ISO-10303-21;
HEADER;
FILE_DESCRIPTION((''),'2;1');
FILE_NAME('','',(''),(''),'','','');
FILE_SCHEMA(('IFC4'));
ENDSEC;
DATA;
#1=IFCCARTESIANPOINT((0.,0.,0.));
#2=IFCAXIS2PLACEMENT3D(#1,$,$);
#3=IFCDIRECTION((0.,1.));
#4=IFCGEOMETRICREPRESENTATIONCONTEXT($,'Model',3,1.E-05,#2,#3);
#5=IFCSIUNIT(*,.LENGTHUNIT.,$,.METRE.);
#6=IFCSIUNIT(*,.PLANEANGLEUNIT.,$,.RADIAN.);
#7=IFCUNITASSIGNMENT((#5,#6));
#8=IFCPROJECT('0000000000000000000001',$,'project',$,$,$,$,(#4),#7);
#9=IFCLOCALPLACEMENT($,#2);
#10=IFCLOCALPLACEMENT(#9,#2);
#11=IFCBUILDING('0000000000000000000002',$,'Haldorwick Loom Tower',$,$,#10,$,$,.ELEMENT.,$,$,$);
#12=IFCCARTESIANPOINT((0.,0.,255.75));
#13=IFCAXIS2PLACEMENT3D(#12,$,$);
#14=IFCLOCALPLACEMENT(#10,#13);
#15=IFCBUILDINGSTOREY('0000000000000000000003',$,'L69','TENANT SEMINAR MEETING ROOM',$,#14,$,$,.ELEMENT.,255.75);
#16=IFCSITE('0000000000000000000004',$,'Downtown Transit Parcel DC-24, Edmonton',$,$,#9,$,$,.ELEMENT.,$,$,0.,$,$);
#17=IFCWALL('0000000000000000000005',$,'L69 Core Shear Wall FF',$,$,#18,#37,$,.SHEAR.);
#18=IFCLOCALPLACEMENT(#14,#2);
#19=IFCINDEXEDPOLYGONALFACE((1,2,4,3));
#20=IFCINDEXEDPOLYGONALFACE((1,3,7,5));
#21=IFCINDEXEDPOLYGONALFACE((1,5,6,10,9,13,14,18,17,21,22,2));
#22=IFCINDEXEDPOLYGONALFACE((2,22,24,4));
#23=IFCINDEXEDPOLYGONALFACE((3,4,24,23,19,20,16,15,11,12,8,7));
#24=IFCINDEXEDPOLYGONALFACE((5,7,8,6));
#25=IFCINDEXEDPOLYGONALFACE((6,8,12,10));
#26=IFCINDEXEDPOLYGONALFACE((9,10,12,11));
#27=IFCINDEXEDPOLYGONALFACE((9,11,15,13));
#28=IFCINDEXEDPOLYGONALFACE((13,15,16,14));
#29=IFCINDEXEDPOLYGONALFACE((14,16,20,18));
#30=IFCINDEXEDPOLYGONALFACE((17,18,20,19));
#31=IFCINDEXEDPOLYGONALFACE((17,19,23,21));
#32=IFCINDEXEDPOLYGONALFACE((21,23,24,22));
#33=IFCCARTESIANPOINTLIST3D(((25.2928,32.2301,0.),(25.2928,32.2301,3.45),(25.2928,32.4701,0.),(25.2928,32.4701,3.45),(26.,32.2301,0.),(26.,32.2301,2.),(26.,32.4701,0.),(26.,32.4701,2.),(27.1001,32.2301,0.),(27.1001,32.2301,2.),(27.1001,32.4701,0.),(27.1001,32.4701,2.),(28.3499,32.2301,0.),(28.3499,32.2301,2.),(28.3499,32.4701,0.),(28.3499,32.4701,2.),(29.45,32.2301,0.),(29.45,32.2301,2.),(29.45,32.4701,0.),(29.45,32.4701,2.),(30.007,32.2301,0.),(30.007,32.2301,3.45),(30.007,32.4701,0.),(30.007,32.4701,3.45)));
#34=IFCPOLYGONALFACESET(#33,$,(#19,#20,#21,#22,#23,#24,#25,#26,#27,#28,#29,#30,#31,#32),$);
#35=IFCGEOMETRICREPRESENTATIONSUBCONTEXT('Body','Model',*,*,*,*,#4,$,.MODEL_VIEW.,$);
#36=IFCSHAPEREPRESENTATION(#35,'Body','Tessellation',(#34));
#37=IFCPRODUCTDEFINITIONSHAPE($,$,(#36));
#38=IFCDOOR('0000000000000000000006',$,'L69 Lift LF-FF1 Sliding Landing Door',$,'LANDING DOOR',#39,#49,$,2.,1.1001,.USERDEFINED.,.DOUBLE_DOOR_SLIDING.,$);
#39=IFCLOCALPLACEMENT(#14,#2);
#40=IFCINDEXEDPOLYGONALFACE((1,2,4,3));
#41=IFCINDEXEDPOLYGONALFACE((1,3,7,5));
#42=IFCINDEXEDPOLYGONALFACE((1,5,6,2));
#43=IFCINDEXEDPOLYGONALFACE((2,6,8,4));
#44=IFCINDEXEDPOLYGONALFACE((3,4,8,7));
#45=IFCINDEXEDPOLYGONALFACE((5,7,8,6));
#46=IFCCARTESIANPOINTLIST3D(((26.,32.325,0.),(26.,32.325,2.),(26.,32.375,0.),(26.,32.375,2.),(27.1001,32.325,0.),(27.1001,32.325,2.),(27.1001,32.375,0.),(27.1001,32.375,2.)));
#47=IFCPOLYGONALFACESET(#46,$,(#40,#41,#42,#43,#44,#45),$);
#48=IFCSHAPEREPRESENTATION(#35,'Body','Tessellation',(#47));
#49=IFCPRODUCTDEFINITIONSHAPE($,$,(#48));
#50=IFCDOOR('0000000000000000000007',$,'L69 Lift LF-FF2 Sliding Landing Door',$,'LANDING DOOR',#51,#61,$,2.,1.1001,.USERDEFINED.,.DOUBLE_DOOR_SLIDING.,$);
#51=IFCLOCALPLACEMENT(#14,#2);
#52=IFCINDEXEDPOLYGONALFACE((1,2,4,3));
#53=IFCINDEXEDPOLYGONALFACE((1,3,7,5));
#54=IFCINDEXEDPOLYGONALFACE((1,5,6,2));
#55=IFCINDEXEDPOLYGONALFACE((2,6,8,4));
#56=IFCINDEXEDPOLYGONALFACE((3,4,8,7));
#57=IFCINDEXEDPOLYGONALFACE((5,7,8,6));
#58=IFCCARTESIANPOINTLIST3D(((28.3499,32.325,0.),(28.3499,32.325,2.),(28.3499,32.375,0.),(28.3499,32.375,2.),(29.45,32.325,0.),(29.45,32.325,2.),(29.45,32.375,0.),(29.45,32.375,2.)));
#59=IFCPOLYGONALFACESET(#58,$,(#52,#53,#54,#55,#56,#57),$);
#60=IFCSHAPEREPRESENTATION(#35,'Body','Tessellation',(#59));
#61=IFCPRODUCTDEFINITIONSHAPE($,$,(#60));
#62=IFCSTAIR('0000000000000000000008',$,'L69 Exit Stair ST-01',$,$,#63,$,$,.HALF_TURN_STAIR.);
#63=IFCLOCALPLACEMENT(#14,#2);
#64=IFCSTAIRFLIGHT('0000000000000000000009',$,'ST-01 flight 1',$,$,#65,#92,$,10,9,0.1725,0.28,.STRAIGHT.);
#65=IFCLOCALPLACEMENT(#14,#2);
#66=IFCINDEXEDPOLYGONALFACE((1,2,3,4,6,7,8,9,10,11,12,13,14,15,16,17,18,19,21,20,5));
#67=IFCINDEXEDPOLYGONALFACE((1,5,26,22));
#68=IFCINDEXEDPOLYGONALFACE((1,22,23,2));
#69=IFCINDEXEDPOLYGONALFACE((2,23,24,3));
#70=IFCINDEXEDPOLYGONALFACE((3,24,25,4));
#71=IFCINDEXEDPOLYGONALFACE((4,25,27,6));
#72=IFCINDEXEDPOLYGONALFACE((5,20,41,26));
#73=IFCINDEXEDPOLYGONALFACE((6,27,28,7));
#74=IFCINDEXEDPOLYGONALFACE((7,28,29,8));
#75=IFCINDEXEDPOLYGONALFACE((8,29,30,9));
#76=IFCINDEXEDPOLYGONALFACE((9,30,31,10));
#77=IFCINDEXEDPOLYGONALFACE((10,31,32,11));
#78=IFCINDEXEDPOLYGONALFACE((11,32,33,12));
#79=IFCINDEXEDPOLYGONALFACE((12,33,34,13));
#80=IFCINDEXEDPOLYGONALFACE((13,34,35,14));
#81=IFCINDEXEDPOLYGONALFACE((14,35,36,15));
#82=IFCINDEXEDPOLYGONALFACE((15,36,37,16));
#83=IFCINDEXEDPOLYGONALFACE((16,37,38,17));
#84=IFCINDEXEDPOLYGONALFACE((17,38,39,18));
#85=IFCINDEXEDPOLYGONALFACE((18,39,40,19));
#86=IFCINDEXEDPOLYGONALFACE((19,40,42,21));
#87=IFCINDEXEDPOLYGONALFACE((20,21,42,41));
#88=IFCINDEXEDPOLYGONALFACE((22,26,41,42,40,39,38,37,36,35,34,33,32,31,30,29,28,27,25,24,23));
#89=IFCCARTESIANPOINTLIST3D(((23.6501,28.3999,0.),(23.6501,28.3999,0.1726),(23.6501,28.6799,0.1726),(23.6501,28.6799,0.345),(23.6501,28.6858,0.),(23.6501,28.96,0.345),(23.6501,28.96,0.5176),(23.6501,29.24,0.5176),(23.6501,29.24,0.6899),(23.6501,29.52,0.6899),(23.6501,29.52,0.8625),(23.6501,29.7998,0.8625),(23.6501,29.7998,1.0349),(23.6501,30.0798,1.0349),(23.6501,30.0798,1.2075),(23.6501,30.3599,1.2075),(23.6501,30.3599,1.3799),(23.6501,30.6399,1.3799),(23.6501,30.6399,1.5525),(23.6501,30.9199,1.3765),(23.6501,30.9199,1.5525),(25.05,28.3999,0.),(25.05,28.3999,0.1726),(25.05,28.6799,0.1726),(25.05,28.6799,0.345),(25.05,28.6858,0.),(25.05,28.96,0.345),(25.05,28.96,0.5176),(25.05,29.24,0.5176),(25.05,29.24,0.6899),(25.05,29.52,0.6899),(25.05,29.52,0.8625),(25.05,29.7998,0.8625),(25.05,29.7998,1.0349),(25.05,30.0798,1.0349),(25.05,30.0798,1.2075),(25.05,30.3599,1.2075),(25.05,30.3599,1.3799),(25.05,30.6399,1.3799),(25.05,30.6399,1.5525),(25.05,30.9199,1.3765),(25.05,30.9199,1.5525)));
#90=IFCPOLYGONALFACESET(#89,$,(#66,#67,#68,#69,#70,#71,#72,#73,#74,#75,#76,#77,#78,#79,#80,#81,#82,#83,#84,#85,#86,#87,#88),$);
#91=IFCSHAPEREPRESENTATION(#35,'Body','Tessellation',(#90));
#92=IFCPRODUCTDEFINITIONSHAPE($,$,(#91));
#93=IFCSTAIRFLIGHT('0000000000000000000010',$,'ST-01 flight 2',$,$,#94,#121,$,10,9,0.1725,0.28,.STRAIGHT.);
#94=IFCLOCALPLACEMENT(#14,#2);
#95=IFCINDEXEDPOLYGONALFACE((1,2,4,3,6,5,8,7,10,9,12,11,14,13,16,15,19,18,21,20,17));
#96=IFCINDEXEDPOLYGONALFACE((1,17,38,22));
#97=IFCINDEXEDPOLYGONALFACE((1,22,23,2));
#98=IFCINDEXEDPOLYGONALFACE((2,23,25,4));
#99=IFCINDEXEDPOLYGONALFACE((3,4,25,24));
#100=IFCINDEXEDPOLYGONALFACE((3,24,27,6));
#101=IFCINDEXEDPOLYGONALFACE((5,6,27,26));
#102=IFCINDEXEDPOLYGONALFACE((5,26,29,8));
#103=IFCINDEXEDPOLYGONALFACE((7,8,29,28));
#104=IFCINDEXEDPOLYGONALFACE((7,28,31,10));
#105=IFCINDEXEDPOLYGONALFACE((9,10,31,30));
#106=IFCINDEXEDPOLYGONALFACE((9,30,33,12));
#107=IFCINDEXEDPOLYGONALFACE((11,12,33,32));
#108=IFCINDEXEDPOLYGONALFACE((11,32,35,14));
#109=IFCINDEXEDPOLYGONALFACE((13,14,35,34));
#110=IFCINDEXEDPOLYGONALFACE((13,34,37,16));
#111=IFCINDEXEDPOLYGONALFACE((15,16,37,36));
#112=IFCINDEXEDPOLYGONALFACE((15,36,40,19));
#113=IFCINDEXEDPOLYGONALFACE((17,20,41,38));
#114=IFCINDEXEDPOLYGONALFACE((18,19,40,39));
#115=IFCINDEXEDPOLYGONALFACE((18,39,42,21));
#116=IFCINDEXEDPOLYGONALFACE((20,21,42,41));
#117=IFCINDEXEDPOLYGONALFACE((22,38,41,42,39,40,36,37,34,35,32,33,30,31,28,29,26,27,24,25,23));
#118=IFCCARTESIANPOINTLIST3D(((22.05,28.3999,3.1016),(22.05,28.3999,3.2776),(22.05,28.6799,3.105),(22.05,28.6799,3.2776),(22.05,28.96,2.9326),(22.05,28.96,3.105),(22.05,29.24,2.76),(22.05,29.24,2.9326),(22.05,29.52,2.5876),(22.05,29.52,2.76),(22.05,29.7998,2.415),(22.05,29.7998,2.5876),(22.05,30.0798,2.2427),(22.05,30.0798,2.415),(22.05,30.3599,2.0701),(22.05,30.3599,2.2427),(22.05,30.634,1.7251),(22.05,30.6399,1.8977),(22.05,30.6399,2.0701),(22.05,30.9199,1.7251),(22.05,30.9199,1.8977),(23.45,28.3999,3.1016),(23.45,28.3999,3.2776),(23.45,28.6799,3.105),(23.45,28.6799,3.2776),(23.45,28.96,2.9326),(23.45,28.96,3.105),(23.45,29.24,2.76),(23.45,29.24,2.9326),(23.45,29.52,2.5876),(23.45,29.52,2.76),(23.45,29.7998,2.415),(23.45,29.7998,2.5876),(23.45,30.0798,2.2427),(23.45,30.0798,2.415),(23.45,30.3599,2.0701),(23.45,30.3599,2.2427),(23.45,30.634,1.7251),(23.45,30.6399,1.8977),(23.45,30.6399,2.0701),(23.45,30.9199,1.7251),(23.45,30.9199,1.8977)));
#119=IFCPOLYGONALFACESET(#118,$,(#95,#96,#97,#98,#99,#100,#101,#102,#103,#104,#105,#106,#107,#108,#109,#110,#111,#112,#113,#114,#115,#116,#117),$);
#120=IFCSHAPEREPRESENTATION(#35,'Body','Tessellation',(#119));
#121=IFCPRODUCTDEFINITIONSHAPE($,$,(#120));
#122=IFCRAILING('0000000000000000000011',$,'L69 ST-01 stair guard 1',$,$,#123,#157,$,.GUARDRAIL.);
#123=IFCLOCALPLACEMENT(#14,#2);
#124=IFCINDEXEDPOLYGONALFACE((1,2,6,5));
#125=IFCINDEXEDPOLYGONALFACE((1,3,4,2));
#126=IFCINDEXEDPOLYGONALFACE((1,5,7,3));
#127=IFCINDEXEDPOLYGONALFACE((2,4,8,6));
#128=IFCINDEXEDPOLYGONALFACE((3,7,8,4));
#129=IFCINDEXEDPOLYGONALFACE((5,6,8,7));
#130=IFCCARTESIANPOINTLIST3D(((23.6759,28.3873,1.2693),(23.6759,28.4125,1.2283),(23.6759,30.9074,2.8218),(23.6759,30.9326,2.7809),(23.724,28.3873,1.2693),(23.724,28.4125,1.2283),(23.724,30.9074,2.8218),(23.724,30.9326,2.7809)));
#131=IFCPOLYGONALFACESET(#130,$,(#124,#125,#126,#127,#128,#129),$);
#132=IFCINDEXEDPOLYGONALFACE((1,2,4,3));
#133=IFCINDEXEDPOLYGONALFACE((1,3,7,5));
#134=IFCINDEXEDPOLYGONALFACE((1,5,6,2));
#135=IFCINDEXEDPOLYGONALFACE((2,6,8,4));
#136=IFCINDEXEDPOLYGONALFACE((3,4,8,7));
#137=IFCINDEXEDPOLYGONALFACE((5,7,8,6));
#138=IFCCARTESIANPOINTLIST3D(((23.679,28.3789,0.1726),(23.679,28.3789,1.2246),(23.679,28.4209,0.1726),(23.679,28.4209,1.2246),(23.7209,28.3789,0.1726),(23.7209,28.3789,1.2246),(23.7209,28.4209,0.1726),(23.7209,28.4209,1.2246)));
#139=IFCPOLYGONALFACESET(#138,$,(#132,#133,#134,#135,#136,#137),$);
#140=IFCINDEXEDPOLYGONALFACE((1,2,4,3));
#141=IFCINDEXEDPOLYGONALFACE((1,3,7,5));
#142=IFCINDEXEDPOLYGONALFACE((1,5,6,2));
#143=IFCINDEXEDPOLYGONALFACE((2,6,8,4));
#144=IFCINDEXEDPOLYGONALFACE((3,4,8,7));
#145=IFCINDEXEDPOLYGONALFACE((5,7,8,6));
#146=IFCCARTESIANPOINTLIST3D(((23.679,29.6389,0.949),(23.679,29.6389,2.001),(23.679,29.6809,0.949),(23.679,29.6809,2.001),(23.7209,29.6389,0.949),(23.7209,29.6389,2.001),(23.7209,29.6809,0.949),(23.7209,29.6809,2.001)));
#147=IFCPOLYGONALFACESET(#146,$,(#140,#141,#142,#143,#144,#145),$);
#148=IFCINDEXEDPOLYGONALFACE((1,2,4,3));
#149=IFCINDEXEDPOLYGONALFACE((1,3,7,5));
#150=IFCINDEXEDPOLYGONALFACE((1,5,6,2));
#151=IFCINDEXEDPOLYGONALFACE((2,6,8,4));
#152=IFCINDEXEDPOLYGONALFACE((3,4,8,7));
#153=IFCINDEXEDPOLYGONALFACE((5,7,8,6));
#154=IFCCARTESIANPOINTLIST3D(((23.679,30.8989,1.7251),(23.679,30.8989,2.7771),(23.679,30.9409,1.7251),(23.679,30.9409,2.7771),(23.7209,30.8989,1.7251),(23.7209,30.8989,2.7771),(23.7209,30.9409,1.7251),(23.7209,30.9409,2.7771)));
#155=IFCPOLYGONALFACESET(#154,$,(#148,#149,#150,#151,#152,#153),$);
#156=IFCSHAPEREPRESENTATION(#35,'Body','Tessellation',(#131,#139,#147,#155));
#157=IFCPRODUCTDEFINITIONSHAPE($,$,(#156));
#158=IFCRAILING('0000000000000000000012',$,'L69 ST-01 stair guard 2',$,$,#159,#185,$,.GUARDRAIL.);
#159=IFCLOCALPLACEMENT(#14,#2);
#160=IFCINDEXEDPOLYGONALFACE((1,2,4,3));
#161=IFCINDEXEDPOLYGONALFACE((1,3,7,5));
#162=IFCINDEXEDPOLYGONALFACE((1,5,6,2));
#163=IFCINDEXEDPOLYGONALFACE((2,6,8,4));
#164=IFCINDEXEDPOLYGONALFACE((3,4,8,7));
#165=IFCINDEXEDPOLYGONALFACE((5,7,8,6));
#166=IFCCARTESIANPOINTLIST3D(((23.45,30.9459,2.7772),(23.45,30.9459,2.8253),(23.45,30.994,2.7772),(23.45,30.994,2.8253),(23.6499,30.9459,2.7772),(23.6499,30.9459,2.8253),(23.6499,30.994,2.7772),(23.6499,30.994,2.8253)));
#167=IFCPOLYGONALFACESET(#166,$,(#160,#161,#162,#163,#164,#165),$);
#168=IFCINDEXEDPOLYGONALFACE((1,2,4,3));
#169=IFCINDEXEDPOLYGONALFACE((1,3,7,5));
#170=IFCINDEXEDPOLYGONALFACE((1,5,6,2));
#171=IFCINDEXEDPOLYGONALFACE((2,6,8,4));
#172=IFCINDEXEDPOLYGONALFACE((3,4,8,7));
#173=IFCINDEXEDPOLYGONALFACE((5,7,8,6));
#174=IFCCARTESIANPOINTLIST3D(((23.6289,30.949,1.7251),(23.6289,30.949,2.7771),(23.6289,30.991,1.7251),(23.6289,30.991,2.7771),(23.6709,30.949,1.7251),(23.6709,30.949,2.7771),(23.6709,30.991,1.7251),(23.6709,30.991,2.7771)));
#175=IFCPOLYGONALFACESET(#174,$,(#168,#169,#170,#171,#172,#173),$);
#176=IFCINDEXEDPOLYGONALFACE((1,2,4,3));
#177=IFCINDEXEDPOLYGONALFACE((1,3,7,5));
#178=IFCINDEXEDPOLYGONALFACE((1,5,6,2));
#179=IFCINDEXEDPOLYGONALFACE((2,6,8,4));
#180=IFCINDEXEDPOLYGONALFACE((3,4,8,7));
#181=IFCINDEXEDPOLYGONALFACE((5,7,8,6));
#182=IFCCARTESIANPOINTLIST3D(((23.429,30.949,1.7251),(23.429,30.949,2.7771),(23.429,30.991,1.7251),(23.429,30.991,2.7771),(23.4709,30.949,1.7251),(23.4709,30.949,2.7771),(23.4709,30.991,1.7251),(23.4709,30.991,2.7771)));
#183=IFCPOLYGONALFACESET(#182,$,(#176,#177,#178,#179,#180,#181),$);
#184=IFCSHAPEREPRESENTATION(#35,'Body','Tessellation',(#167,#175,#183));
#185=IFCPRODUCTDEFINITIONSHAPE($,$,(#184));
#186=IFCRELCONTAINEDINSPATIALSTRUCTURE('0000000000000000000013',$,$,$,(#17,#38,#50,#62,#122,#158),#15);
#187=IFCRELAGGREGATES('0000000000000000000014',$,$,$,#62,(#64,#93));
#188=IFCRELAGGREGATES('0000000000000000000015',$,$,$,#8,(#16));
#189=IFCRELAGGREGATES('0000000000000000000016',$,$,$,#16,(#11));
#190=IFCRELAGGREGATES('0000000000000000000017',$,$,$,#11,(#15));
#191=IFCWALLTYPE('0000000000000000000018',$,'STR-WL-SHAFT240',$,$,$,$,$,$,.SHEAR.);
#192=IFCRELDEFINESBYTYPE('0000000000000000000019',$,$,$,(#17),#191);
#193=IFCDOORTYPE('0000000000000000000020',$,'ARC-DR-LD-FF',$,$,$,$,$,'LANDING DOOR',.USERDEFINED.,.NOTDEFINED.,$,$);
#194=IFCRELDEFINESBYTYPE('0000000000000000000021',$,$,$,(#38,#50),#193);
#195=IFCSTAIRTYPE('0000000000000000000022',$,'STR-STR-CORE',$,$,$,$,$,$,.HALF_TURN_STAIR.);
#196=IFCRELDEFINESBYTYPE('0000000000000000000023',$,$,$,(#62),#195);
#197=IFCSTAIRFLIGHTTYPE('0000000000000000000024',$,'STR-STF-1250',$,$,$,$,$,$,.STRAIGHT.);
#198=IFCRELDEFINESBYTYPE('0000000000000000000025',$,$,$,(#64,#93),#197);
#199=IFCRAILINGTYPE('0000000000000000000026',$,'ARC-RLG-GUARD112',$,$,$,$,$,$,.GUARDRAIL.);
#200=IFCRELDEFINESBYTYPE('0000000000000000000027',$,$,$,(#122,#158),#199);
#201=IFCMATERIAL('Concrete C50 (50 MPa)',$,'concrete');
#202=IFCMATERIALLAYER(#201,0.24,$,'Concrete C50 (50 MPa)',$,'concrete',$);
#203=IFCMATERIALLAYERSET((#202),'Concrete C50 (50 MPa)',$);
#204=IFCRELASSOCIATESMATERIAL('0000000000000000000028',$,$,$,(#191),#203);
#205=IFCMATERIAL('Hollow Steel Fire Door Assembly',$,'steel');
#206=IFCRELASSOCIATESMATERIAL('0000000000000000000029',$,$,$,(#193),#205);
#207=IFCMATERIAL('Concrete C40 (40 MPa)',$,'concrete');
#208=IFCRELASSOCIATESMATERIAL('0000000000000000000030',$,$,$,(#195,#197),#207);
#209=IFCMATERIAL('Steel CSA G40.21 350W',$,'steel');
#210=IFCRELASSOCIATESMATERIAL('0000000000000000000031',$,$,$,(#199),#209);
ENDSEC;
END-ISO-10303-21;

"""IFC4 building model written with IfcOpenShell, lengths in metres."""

from ifc_helpers import new_model, si_unit, direction, frame, frame_2d, origin, origin_2d, place, context, subcontext, project, spatial, polyline, rectangle, outline, extrude, material, layer, layer_set, type_object, element, fill, aggregate, save


model = new_model("IFC4")

# Units and contexts
model_context = context("Model", 3, precision=1e-05, world=origin(), true_north=direction((0.0, 1.0)))
body_context = subcontext(model_context, "Body", "Model", "MODEL_VIEW")
ifc_project = project(units=[si_unit("LENGTHUNIT", "METRE"), si_unit("PLANEANGLEUNIT", "RADIAN")], contexts=[model_context])

# Site, building, storey
site_placement = place(None, origin())
site = spatial("IfcSite", under=ifc_project, at=site_placement, Name="Downtown Transit Parcel DC-24, Edmonton", CompositionType="ELEMENT", RefElevation=0.0)
building_placement = place(site_placement, origin())
building = spatial("IfcBuilding", under=site, at=building_placement, Name="Haldorwick Loom Tower", CompositionType="ELEMENT")
storey_placement = place(building_placement, frame((0.0, 0.0, 255.75)))
storey = spatial("IfcBuildingStorey", under=building, at=storey_placement, Name="L69", Description="TENANT SEMINAR MEETING ROOM", CompositionType="ELEMENT", Elevation=255.75)

# Shared definitions
ifc_material_1 = material(Name="Steel CSA G40.21 350W", Category="steel")

# Wall, openings, doors
ifc_material_2 = material(Name="Concrete C50 (50 MPa)", Category="concrete")
ifc_layer_1 = layer(ifc_material_2, 0.24, Name="Concrete C50 (50 MPa)", Category="concrete")
ifc_layer_set_1 = layer_set([ifc_layer_1], Name="Concrete C50 (50 MPa)")
wall_type_1 = type_object("IfcWallType", Name="STR-WL-SHAFT240", PredefinedType="SHEAR", material=ifc_layer_set_1)
wall_1_placement = place(storey_placement, frame((25.293, 32.3501, 0.0), z_axis=(0.0, 0.0, 1.0), x_axis=(1.0, 0.0, 0.0)))
wall_1 = element("IfcWall", 1, at=wall_1_placement, inside=storey, type_object=wall_type_1, Name="L69 Core Shear Wall FF", PredefinedType="SHEAR", context=body_context, shape_type="SweptSolid", body=[
    extrude(rectangle(XDim=4.7141, YDim=0.24, at=frame_2d((2.3569, 0.0))), origin(), (0.0, 0.0, 1.0), 3.45),
])
opening_1_placement = place(wall_1_placement, frame((0.707, 0.0, 0.0)))
opening_1 = element("IfcOpeningElement", 2, at=opening_1_placement, cuts=wall_1, PredefinedType="OPENING", context=body_context, shape_type="SweptSolid", body=[
    extrude(rectangle(XDim=1.1001, YDim=2.0, at=frame_2d((0.55, 1.0))), frame((0.0, 0.1299, 0.0), z_axis=(0.0, -1.0, 0.0), x_axis=(1.0, 0.0, 0.0)), (0.0, 0.0, 1.0), 0.26),
])
opening_2_placement = place(wall_1_placement, frame((3.0569, 0.0, 0.0)))
opening_2 = element("IfcOpeningElement", 3, at=opening_2_placement, cuts=wall_1, PredefinedType="OPENING", context=body_context, shape_type="SweptSolid", body=[
    extrude(rectangle(XDim=1.1001, YDim=2.0, at=frame_2d((0.55, 1.0))), frame((0.0, 0.1299, 0.0), z_axis=(0.0, -1.0, 0.0), x_axis=(1.0, 0.0, 0.0)), (0.0, 0.0, 1.0), 0.26),
])
ifc_material_3 = material(Name="Hollow Steel Fire Door Assembly", Category="steel")
door_type_1 = type_object("IfcDoorType", Name="ARC-DR-LD-FF", ElementType="LANDING DOOR", OperationType="NOTDEFINED", PredefinedType="USERDEFINED", material=ifc_material_3)
door_1_placement = place(opening_1_placement, origin())
door_1 = element("IfcDoor", 4, at=door_1_placement, inside=storey, type_object=door_type_1, Name="L69 Lift LF-FF1 Sliding Landing Door", ObjectType="LANDING DOOR", OperationType="DOUBLE_DOOR_SLIDING", OverallHeight=2.0, OverallWidth=1.1001, PredefinedType="USERDEFINED", context=body_context, shape_type="SweptSolid", body=[
    extrude(rectangle(XDim=1.1001, YDim=2.0, at=frame_2d((0.55, 1.0))), frame((0.0, 0.0249, 0.0), z_axis=(0.0, -1.0, 0.0), x_axis=(1.0, 0.0, 0.0)), (0.0, 0.0, 1.0), 0.05),
])
fill(opening_1, door_1)
door_2_placement = place(opening_2_placement, origin())
door_2 = element("IfcDoor", 5, at=door_2_placement, inside=storey, type_object=door_type_1, Name="L69 Lift LF-FF2 Sliding Landing Door", ObjectType="LANDING DOOR", OperationType="DOUBLE_DOOR_SLIDING", OverallHeight=2.0, OverallWidth=1.1001, PredefinedType="USERDEFINED", context=body_context, shape_type="SweptSolid", body=[
    extrude(rectangle(XDim=1.1001, YDim=2.0, at=frame_2d((0.55, 1.0))), frame((0.0, 0.0249, 0.0), z_axis=(0.0, -1.0, 0.0), x_axis=(1.0, 0.0, 0.0)), (0.0, 0.0, 1.0), 0.05),
])
fill(opening_2, door_2)

# Stair, stair flights
ifc_material_4 = material(Name="Concrete C40 (40 MPa)", Category="concrete")
stair_type = type_object("IfcStairType", Name="STR-STR-CORE", PredefinedType="HALF_TURN_STAIR", material=ifc_material_4)
stair_placement = place(storey_placement, origin())
stair = element("IfcStair", 6, at=stair_placement, inside=storey, type_object=stair_type, Name="L69 Exit Stair ST-01", PredefinedType="HALF_TURN_STAIR")
stair_flight_type = type_object("IfcStairFlightType", Name="STR-STF-1250", PredefinedType="STRAIGHT", material=ifc_material_4)
stair_flight_1_placement = place(storey_placement, frame((24.3501, 28.3999, 0.0), z_axis=(0.0, 0.0, 1.0), x_axis=(0.0, 1.0, 0.0)))
stair_flight_1 = element("IfcStairFlight", 7, at=stair_flight_1_placement, type_object=stair_flight_type, Name="ST-01 flight 1", NumberOfRisers=10, NumberOfTreads=9, PredefinedType="STRAIGHT", RiserHeight=0.1725, TreadLength=0.28, context=body_context, shape_type="SweptSolid", body=[
    extrude(outline(polyline([(0.0, 0.0), (0.0, 0.1726), (0.28, 0.1726), (0.28, 0.345), (0.5601, 0.345), (0.5601, 0.5176), (0.8401, 0.5176), (0.8401, 0.6899), (1.1201, 0.6899), (1.1201, 0.8625), (1.3999, 0.8625), (1.3999, 1.0349), (1.6799, 1.0349), (1.6799, 1.2075), (1.96, 1.2075), (1.96, 1.3799), (2.24, 1.3799), (2.24, 1.5525), (2.52, 1.5525), (2.52, 1.7251), (2.52, 1.3765), (0.2859, 0.0), (0.0, 0.0)])), frame((0.0, 0.7, 0.0), z_axis=(0.0, -1.0, 0.0), x_axis=(1.0, 0.0, 0.0)), (0.0, 0.0, 1.0), 1.3999),
])
stair_flight_2_placement = place(storey_placement, frame((22.75, 30.9199, 1.7251), z_axis=(0.0, 0.0, 1.0), x_axis=(0.0, -1.0, 0.0)))
stair_flight_2 = element("IfcStairFlight", 8, at=stair_flight_2_placement, type_object=stair_flight_type, Name="ST-01 flight 2", NumberOfRisers=10, NumberOfTreads=9, PredefinedType="STRAIGHT", RiserHeight=0.1725, TreadLength=0.28, context=body_context, shape_type="SweptSolid", body=[
    extrude(outline(polyline([(0.0, 0.0), (0.0, 0.1726), (0.28, 0.1726), (0.28, 0.345), (0.5601, 0.345), (0.5601, 0.5176), (0.8401, 0.5176), (0.8401, 0.6899), (1.1201, 0.6899), (1.1201, 0.8625), (1.3999, 0.8625), (1.3999, 1.0349), (1.6799, 1.0349), (1.6799, 1.2075), (1.96, 1.2075), (1.96, 1.3799), (2.24, 1.3799), (2.24, 1.5525), (2.52, 1.5525), (2.52, 1.7251), (2.52, 1.3765), (0.2859, 0.0), (0.0, 0.0)])), frame((0.0, 0.7, 0.0), z_axis=(0.0, -1.0, 0.0), x_axis=(1.0, 0.0, 0.0)), (0.0, 0.0, 1.0), 1.3999),
])
aggregate(stair, [stair_flight_1, stair_flight_2])

# Railings
railing_type_1 = type_object("IfcRailingType", Name="ARC-RLG-GUARD112", PredefinedType="GUARDRAIL", material=ifc_material_1)
railing_1_placement = place(storey_placement, frame((23.7, 28.3999, 0.1726)))
element("IfcRailing", 9, at=railing_1_placement, inside=storey, type_object=railing_type_1, Name="L69 ST-01 stair guard 1", PredefinedType="GUARDRAIL", context=body_context, shape_type="SweptSolid", body=[
    extrude(rectangle(XDim=0.0481, YDim=0.0481, at=origin_2d()), frame((0.0, 0.0, 1.0762), z_axis=(0.0, 0.8514, 0.524516), x_axis=(-1.0, 0.0, 0.0)), (0.0, 0.0, 1.0), 2.96),
    extrude(rectangle(XDim=0.042, YDim=0.042, at=origin_2d()), origin(), (0.0, 0.0, 1.0), 1.052),
    extrude(rectangle(XDim=0.042, YDim=0.042, at=origin_2d()), frame((0.0, 1.26, 0.7764)), (0.0, 0.0, 1.0), 1.052),
    extrude(rectangle(XDim=0.042, YDim=0.042, at=origin_2d()), frame((0.0, 2.52, 1.5525)), (0.0, 0.0, 1.0), 1.052),
])
railing_2_placement = place(storey_placement, frame((23.6499, 30.97, 1.7251)))
element("IfcRailing", 10, at=railing_2_placement, inside=storey, type_object=railing_type_1, Name="L69 ST-01 stair guard 2", PredefinedType="GUARDRAIL", context=body_context, shape_type="SweptSolid", body=[
    extrude(rectangle(XDim=0.0481, YDim=0.0481, at=origin_2d()), frame((0.0, 0.0, 1.0762), z_axis=(-1.0, 0.0, 0.0), x_axis=(0.0, -1.0, 0.0)), (0.0, 0.0, 1.0), 0.2),
    extrude(rectangle(XDim=0.042, YDim=0.042, at=origin_2d()), origin(), (0.0, 0.0, 1.0), 1.052),
    extrude(rectangle(XDim=0.042, YDim=0.042, at=origin_2d()), frame((-0.2, 0.0, 0.0)), (0.0, 0.0, 1.0), 1.052),
])

save(model, "model.ifc")
